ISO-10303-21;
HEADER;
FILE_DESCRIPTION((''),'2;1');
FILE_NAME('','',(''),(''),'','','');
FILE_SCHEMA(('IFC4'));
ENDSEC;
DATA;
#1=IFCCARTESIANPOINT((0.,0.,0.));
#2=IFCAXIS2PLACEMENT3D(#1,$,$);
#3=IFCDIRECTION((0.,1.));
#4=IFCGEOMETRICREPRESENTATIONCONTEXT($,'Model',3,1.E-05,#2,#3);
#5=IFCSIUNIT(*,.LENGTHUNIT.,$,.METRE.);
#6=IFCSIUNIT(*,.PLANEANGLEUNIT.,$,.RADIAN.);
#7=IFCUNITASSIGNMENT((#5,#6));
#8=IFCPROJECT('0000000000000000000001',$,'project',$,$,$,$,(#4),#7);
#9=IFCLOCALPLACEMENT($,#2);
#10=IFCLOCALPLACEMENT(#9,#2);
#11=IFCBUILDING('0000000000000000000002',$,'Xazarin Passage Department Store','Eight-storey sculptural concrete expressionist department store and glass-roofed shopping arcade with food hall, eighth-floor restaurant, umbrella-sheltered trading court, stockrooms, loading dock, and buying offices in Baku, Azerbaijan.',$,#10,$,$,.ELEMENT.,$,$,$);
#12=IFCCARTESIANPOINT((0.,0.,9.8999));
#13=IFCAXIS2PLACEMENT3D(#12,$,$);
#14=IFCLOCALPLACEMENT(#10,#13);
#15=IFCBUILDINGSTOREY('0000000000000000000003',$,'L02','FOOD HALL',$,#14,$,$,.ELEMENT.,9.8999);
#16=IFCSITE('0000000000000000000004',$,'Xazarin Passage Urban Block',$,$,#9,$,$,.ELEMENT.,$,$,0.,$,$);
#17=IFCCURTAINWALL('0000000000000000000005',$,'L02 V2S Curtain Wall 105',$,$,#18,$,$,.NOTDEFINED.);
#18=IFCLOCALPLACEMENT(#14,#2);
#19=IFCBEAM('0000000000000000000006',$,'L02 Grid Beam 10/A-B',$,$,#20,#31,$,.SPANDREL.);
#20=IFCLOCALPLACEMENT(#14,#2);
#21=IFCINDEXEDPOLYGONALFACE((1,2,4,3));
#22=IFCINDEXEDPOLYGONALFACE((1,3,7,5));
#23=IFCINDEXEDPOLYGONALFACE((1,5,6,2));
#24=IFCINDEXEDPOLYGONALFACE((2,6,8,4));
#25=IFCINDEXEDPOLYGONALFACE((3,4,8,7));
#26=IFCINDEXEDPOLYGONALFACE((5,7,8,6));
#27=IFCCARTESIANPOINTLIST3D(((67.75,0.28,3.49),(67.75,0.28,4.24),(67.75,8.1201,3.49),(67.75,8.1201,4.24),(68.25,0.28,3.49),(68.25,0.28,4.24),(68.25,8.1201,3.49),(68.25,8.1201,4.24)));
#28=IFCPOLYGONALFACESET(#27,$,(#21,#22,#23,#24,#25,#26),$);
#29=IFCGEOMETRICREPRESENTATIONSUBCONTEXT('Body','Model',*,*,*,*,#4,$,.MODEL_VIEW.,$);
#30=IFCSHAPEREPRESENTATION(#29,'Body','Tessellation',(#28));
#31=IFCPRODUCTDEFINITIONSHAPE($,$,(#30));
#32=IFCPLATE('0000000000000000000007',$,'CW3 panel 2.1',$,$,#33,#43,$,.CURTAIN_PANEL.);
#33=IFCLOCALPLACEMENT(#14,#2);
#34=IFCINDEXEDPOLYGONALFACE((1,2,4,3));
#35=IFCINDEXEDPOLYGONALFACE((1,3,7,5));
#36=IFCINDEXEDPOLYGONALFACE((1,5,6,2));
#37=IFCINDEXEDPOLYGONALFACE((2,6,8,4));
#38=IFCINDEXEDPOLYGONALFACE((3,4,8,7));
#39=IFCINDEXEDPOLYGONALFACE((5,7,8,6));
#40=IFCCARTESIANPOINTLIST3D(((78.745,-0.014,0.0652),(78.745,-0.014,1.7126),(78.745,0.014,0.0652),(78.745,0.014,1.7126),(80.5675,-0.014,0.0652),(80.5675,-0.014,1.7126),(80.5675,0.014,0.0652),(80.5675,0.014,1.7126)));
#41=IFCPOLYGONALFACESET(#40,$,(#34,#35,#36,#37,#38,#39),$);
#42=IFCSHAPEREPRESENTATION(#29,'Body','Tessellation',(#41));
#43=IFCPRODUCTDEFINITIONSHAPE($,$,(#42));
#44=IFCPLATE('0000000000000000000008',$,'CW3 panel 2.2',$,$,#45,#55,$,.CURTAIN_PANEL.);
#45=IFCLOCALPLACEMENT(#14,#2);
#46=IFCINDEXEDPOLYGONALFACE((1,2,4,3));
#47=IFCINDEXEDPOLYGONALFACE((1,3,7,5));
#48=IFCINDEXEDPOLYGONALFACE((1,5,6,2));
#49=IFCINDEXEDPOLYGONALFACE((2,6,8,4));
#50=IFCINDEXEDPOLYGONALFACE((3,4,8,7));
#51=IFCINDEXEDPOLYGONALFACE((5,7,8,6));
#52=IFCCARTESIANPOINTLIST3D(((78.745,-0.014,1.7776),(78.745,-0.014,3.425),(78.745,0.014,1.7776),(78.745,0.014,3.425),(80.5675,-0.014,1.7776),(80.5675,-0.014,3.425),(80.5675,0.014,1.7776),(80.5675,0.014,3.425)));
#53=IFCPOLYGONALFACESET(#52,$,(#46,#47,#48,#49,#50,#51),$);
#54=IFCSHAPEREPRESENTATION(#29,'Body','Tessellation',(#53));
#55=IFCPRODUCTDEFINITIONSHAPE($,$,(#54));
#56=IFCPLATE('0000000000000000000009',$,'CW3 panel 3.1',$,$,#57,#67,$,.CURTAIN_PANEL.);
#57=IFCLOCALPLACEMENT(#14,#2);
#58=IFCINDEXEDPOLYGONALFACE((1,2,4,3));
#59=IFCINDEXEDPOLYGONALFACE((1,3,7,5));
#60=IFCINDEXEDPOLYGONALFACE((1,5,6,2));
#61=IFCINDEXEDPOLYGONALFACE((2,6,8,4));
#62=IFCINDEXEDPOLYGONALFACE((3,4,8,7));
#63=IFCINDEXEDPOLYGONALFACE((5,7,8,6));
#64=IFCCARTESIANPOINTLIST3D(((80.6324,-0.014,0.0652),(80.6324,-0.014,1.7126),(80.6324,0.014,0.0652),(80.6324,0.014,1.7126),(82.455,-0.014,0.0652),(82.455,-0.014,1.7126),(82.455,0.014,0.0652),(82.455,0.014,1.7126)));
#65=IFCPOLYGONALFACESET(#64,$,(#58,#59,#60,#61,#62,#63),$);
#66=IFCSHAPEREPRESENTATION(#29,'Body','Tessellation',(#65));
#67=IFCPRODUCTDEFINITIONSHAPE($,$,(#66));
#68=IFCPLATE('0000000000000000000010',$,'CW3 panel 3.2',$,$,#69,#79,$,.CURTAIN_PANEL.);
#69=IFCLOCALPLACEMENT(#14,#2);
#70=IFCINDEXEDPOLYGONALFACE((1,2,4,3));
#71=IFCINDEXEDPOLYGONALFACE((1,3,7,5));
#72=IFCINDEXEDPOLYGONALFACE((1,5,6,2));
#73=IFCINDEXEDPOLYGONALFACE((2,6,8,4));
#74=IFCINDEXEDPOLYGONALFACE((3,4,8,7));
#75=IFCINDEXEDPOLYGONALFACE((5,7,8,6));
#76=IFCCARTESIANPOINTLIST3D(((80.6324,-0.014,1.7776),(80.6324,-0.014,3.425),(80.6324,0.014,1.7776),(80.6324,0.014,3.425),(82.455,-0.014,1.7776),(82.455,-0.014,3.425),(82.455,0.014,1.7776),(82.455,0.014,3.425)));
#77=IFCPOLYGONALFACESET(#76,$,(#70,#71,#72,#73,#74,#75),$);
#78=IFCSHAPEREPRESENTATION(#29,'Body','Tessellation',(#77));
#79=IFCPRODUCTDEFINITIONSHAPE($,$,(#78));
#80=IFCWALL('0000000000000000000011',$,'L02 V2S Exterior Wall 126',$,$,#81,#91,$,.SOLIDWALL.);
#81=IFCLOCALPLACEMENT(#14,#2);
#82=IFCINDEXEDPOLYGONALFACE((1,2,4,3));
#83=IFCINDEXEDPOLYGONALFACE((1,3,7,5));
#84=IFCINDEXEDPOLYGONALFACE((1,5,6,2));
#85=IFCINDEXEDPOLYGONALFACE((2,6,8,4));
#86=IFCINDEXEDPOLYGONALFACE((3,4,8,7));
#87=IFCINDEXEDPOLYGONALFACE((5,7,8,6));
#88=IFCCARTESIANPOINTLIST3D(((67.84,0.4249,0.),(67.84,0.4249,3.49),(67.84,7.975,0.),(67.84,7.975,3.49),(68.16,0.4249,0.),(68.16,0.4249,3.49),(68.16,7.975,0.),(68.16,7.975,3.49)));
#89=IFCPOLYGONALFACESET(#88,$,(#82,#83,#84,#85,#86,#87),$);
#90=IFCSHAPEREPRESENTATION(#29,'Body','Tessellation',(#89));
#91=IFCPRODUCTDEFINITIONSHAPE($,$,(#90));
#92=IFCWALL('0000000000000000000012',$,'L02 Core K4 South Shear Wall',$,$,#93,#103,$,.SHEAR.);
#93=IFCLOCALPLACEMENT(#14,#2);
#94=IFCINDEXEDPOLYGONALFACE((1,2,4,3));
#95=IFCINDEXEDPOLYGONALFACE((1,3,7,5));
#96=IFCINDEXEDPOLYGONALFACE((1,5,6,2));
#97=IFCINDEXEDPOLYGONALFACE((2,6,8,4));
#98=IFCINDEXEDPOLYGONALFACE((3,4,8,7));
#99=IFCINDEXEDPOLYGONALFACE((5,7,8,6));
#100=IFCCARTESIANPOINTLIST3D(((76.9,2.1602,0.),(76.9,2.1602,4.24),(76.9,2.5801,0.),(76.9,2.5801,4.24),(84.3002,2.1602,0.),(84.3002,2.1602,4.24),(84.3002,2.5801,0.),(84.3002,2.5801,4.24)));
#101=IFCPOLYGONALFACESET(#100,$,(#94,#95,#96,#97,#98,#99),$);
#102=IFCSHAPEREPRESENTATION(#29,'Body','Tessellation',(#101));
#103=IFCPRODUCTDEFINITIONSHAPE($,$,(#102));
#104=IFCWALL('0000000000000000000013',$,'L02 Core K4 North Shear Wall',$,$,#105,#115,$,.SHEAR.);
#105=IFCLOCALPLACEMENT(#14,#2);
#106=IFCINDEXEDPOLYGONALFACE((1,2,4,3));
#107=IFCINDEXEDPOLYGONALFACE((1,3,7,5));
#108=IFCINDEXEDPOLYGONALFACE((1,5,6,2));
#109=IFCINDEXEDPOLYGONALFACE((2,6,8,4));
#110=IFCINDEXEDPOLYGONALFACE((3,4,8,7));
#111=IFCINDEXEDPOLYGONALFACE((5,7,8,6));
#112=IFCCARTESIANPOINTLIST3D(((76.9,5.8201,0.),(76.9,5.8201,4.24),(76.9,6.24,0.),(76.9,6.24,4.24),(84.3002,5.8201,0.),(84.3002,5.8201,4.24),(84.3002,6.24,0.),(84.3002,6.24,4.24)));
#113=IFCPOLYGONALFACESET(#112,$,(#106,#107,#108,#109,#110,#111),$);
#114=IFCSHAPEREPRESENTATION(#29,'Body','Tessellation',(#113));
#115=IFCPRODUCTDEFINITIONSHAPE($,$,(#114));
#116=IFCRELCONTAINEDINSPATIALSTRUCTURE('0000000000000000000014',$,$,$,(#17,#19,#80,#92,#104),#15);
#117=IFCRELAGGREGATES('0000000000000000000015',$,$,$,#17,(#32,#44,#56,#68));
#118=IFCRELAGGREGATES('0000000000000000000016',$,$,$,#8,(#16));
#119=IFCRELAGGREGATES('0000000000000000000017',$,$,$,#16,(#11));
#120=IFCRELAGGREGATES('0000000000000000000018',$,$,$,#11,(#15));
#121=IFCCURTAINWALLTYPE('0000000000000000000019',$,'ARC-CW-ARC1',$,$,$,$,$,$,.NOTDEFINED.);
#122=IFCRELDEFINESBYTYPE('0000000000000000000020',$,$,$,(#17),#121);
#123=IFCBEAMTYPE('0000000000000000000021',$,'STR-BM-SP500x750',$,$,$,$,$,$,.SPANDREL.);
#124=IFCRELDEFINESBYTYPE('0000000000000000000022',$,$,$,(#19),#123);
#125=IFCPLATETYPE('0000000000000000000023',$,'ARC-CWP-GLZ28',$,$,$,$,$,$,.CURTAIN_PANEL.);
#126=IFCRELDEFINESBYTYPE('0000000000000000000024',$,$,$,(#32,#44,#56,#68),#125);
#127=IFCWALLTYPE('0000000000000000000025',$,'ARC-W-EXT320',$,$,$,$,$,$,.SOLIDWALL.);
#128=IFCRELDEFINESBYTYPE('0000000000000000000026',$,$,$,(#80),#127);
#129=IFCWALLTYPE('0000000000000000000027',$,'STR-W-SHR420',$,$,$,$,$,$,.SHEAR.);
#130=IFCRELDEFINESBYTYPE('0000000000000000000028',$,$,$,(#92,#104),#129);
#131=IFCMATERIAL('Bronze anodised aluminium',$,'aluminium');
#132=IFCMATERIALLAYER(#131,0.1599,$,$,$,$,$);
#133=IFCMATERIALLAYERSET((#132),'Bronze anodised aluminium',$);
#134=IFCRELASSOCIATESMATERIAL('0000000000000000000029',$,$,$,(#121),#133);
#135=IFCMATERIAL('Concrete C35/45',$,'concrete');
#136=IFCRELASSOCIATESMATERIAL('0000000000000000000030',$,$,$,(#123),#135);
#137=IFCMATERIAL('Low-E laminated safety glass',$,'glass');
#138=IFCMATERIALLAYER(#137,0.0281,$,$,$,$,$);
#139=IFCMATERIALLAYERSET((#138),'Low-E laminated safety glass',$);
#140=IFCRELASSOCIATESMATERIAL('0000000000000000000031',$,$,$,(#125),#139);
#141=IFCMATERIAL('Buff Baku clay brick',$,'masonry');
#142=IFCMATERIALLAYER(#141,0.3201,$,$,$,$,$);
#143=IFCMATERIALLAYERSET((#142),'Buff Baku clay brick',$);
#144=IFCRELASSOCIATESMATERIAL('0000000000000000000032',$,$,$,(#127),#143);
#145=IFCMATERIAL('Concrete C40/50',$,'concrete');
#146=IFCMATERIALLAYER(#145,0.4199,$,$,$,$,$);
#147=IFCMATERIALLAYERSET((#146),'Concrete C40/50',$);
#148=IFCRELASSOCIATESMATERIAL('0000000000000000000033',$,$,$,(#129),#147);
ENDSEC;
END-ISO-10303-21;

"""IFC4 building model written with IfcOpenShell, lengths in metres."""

from ifc_helpers import new_model, si_unit, direction, frame, frame_2d, origin, origin_2d, place, context, subcontext, project, spatial, rectangle, extrude, material, layer, layer_set, material_profile, profile_set, type_object, element, aggregate, save


model = new_model("IFC4")

# Units and contexts
model_context = context("Model", 3, precision=1e-05, world=origin(), true_north=direction((0.0, 1.0)))
body_context = subcontext(model_context, "Body", "Model", "MODEL_VIEW")
ifc_project = project(units=[si_unit("LENGTHUNIT", "METRE"), si_unit("PLANEANGLEUNIT", "RADIAN")], contexts=[model_context])

# Site, building, storey
site_placement = place(None, origin())
site = spatial("IfcSite", under=ifc_project, at=site_placement, Name="Xazarin Passage Urban Block", CompositionType="ELEMENT", RefElevation=0.0)
building_placement = place(site_placement, origin())
building = spatial("IfcBuilding", under=site, at=building_placement, Name="Xazarin Passage Department Store", Description="Eight-storey sculptural concrete expressionist department store and glass-roofed shopping arcade with food hall, eighth-floor restaurant, umbrella-sheltered trading court, stockrooms, loading dock, and buying offices in Baku, Azerbaijan.", CompositionType="ELEMENT")
storey_placement = place(building_placement, frame((0.0, 0.0, 9.8999)))
storey = spatial("IfcBuildingStorey", under=building, at=storey_placement, Name="L02", Description="FOOD HALL", CompositionType="ELEMENT", Elevation=9.8999)

# Shared definitions
ifc_material_1 = material(Name="Concrete C40/50", Category="concrete")

# Curtain wall
ifc_material_2 = material(Name="Bronze anodised aluminium", Category="aluminium")
ifc_layer_1 = layer(ifc_material_2, 0.1599)
ifc_layer_set_1 = layer_set([ifc_layer_1], Name="Bronze anodised aluminium")
curtain_wall_type = type_object("IfcCurtainWallType", Name="ARC-CW-ARC1", PredefinedType="NOTDEFINED", material=ifc_layer_set_1)
curtain_wall_placement = place(storey_placement, origin())
curtain_wall = element("IfcCurtainWall", 1, at=curtain_wall_placement, inside=storey, type_object=curtain_wall_type, Name="L02 V2S Curtain Wall 105", PredefinedType="NOTDEFINED")

# Beam
ifc_material_3 = material(Name="Concrete C35/45", Category="concrete")
ifc_material_profile_1 = material_profile(ifc_material_3, rectangle(XDim=0.5, YDim=0.75, at=origin_2d()), Name="RC 500x750")
ifc_profile_set_1 = profile_set([ifc_material_profile_1], Name="Concrete C35/45")
beam_type_1 = type_object("IfcBeamType", Name="STR-BM-SP500x750", PredefinedType="SPANDREL", material=ifc_profile_set_1)
for number, where, z_axis, x_axis, name in (
    (2, (68.0, 0.28, 3.865), (0.0, 1.0, 0.0), (-1.0, 0.0, 0.0), "L02 Grid Beam 10/A-B"),
):
    element("IfcBeam", number, at=place(storey_placement, frame(where, z_axis=z_axis, x_axis=x_axis)), inside=storey, type_object=beam_type_1, Name=name, PredefinedType="SPANDREL", context=body_context, shape_type="SweptSolid", body=[
        extrude(rectangle(XDim=0.5, YDim=0.75, at=origin_2d()), origin(), (0.0, 0.0, 1.0), 7.8401),
    ])

# Plates
ifc_material_4 = material(Name="Low-E laminated safety glass", Category="glass")
ifc_layer_2 = layer(ifc_material_4, 0.0281)
ifc_layer_set_2 = layer_set([ifc_layer_2], Name="Low-E laminated safety glass")
plate_type = type_object("IfcPlateType", Name="ARC-CWP-GLZ28", PredefinedType="CURTAIN_PANEL", material=ifc_layer_set_2)
plate_1_placement = place(storey_placement, frame((79.6562, 0.0, 0.0652), z_axis=(0.0, 0.0, 1.0), x_axis=(1.0, 0.0, 0.0)))
plate_1 = element("IfcPlate", 3, at=plate_1_placement, type_object=plate_type, Name="CW3 panel 2.1", PredefinedType="CURTAIN_PANEL", context=body_context, shape_type="SweptSolid", body=[
    extrude(rectangle(XDim=1.8225, YDim=0.0281, at=origin_2d()), origin(), (0.0, 0.0, 1.0), 1.6475),
])
plate_2_placement = place(storey_placement, frame((79.6562, 0.0, 1.7776), z_axis=(0.0, 0.0, 1.0), x_axis=(1.0, 0.0, 0.0)))
plate_2 = element("IfcPlate", 4, at=plate_2_placement, type_object=plate_type, Name="CW3 panel 2.2", PredefinedType="CURTAIN_PANEL", context=body_context, shape_type="SweptSolid", body=[
    extrude(rectangle(XDim=1.8225, YDim=0.0281, at=origin_2d()), origin(), (0.0, 0.0, 1.0), 1.6475),
])
plate_3_placement = place(storey_placement, frame((81.5437, 0.0, 0.0652), z_axis=(0.0, 0.0, 1.0), x_axis=(1.0, 0.0, 0.0)))
plate_3 = element("IfcPlate", 5, at=plate_3_placement, type_object=plate_type, Name="CW3 panel 3.1", PredefinedType="CURTAIN_PANEL", context=body_context, shape_type="SweptSolid", body=[
    extrude(rectangle(XDim=1.8225, YDim=0.0281, at=origin_2d()), origin(), (0.0, 0.0, 1.0), 1.6475),
])
plate_4_placement = place(storey_placement, frame((81.5437, 0.0, 1.7776), z_axis=(0.0, 0.0, 1.0), x_axis=(1.0, 0.0, 0.0)))
plate_4 = element("IfcPlate", 6, at=plate_4_placement, type_object=plate_type, Name="CW3 panel 3.2", PredefinedType="CURTAIN_PANEL", context=body_context, shape_type="SweptSolid", body=[
    extrude(rectangle(XDim=1.8225, YDim=0.0281, at=origin_2d()), origin(), (0.0, 0.0, 1.0), 1.6475),
])
aggregate(curtain_wall, [plate_1, plate_2, plate_3, plate_4])

# Wall
ifc_material_5 = material(Name="Buff Baku clay brick", Category="masonry")
ifc_layer_3 = layer(ifc_material_5, 0.3201)
ifc_layer_set_3 = layer_set([ifc_layer_3], Name="Buff Baku clay brick")
wall_type_1 = type_object("IfcWallType", Name="ARC-W-EXT320", PredefinedType="SOLIDWALL", material=ifc_layer_set_3)
wall_1_placement = place(storey_placement, frame((68.0, 0.425, 0.0), z_axis=(0.0, 0.0, 1.0), x_axis=(0.0, 1.0, 0.0)))
element("IfcWall", 7, at=wall_1_placement, inside=storey, type_object=wall_type_1, Name="L02 V2S Exterior Wall 126", PredefinedType="SOLIDWALL", context=body_context, shape_type="SweptSolid", body=[
    extrude(rectangle(XDim=7.55, YDim=0.3201, at=frame_2d((3.7749, 0.0))), origin(), (0.0, 0.0, 1.0), 3.49),
])

# Shared definitions
ifc_layer_4 = layer(ifc_material_1, 0.4199)
ifc_layer_set_4 = layer_set([ifc_layer_4], Name="Concrete C40/50")
wall_type_2 = type_object("IfcWallType", Name="STR-W-SHR420", PredefinedType="SHEAR", material=ifc_layer_set_4)

# Walls
for number, where, z_axis, x_axis, name in (
    (8, (76.8999, 2.3701, 0.0), (0.0, 0.0, 1.0), (1.0, 0.0, 0.0), "L02 Core K4 South Shear Wall"),
    (9, (76.8999, 6.03, 0.0), (0.0, 0.0, 1.0), (1.0, 0.0, 0.0), "L02 Core K4 North Shear Wall"),
):
    element("IfcWall", number, at=place(storey_placement, frame(where, z_axis=z_axis, x_axis=x_axis)), inside=storey, type_object=wall_type_2, Name=name, PredefinedType="SHEAR", context=body_context, shape_type="SweptSolid", body=[
        extrude(rectangle(XDim=7.4001, YDim=0.4199, at=frame_2d((3.7002, 0.0))), origin(), (0.0, 0.0, 1.0), 4.24),
    ])

save(model, "model.ifc")
